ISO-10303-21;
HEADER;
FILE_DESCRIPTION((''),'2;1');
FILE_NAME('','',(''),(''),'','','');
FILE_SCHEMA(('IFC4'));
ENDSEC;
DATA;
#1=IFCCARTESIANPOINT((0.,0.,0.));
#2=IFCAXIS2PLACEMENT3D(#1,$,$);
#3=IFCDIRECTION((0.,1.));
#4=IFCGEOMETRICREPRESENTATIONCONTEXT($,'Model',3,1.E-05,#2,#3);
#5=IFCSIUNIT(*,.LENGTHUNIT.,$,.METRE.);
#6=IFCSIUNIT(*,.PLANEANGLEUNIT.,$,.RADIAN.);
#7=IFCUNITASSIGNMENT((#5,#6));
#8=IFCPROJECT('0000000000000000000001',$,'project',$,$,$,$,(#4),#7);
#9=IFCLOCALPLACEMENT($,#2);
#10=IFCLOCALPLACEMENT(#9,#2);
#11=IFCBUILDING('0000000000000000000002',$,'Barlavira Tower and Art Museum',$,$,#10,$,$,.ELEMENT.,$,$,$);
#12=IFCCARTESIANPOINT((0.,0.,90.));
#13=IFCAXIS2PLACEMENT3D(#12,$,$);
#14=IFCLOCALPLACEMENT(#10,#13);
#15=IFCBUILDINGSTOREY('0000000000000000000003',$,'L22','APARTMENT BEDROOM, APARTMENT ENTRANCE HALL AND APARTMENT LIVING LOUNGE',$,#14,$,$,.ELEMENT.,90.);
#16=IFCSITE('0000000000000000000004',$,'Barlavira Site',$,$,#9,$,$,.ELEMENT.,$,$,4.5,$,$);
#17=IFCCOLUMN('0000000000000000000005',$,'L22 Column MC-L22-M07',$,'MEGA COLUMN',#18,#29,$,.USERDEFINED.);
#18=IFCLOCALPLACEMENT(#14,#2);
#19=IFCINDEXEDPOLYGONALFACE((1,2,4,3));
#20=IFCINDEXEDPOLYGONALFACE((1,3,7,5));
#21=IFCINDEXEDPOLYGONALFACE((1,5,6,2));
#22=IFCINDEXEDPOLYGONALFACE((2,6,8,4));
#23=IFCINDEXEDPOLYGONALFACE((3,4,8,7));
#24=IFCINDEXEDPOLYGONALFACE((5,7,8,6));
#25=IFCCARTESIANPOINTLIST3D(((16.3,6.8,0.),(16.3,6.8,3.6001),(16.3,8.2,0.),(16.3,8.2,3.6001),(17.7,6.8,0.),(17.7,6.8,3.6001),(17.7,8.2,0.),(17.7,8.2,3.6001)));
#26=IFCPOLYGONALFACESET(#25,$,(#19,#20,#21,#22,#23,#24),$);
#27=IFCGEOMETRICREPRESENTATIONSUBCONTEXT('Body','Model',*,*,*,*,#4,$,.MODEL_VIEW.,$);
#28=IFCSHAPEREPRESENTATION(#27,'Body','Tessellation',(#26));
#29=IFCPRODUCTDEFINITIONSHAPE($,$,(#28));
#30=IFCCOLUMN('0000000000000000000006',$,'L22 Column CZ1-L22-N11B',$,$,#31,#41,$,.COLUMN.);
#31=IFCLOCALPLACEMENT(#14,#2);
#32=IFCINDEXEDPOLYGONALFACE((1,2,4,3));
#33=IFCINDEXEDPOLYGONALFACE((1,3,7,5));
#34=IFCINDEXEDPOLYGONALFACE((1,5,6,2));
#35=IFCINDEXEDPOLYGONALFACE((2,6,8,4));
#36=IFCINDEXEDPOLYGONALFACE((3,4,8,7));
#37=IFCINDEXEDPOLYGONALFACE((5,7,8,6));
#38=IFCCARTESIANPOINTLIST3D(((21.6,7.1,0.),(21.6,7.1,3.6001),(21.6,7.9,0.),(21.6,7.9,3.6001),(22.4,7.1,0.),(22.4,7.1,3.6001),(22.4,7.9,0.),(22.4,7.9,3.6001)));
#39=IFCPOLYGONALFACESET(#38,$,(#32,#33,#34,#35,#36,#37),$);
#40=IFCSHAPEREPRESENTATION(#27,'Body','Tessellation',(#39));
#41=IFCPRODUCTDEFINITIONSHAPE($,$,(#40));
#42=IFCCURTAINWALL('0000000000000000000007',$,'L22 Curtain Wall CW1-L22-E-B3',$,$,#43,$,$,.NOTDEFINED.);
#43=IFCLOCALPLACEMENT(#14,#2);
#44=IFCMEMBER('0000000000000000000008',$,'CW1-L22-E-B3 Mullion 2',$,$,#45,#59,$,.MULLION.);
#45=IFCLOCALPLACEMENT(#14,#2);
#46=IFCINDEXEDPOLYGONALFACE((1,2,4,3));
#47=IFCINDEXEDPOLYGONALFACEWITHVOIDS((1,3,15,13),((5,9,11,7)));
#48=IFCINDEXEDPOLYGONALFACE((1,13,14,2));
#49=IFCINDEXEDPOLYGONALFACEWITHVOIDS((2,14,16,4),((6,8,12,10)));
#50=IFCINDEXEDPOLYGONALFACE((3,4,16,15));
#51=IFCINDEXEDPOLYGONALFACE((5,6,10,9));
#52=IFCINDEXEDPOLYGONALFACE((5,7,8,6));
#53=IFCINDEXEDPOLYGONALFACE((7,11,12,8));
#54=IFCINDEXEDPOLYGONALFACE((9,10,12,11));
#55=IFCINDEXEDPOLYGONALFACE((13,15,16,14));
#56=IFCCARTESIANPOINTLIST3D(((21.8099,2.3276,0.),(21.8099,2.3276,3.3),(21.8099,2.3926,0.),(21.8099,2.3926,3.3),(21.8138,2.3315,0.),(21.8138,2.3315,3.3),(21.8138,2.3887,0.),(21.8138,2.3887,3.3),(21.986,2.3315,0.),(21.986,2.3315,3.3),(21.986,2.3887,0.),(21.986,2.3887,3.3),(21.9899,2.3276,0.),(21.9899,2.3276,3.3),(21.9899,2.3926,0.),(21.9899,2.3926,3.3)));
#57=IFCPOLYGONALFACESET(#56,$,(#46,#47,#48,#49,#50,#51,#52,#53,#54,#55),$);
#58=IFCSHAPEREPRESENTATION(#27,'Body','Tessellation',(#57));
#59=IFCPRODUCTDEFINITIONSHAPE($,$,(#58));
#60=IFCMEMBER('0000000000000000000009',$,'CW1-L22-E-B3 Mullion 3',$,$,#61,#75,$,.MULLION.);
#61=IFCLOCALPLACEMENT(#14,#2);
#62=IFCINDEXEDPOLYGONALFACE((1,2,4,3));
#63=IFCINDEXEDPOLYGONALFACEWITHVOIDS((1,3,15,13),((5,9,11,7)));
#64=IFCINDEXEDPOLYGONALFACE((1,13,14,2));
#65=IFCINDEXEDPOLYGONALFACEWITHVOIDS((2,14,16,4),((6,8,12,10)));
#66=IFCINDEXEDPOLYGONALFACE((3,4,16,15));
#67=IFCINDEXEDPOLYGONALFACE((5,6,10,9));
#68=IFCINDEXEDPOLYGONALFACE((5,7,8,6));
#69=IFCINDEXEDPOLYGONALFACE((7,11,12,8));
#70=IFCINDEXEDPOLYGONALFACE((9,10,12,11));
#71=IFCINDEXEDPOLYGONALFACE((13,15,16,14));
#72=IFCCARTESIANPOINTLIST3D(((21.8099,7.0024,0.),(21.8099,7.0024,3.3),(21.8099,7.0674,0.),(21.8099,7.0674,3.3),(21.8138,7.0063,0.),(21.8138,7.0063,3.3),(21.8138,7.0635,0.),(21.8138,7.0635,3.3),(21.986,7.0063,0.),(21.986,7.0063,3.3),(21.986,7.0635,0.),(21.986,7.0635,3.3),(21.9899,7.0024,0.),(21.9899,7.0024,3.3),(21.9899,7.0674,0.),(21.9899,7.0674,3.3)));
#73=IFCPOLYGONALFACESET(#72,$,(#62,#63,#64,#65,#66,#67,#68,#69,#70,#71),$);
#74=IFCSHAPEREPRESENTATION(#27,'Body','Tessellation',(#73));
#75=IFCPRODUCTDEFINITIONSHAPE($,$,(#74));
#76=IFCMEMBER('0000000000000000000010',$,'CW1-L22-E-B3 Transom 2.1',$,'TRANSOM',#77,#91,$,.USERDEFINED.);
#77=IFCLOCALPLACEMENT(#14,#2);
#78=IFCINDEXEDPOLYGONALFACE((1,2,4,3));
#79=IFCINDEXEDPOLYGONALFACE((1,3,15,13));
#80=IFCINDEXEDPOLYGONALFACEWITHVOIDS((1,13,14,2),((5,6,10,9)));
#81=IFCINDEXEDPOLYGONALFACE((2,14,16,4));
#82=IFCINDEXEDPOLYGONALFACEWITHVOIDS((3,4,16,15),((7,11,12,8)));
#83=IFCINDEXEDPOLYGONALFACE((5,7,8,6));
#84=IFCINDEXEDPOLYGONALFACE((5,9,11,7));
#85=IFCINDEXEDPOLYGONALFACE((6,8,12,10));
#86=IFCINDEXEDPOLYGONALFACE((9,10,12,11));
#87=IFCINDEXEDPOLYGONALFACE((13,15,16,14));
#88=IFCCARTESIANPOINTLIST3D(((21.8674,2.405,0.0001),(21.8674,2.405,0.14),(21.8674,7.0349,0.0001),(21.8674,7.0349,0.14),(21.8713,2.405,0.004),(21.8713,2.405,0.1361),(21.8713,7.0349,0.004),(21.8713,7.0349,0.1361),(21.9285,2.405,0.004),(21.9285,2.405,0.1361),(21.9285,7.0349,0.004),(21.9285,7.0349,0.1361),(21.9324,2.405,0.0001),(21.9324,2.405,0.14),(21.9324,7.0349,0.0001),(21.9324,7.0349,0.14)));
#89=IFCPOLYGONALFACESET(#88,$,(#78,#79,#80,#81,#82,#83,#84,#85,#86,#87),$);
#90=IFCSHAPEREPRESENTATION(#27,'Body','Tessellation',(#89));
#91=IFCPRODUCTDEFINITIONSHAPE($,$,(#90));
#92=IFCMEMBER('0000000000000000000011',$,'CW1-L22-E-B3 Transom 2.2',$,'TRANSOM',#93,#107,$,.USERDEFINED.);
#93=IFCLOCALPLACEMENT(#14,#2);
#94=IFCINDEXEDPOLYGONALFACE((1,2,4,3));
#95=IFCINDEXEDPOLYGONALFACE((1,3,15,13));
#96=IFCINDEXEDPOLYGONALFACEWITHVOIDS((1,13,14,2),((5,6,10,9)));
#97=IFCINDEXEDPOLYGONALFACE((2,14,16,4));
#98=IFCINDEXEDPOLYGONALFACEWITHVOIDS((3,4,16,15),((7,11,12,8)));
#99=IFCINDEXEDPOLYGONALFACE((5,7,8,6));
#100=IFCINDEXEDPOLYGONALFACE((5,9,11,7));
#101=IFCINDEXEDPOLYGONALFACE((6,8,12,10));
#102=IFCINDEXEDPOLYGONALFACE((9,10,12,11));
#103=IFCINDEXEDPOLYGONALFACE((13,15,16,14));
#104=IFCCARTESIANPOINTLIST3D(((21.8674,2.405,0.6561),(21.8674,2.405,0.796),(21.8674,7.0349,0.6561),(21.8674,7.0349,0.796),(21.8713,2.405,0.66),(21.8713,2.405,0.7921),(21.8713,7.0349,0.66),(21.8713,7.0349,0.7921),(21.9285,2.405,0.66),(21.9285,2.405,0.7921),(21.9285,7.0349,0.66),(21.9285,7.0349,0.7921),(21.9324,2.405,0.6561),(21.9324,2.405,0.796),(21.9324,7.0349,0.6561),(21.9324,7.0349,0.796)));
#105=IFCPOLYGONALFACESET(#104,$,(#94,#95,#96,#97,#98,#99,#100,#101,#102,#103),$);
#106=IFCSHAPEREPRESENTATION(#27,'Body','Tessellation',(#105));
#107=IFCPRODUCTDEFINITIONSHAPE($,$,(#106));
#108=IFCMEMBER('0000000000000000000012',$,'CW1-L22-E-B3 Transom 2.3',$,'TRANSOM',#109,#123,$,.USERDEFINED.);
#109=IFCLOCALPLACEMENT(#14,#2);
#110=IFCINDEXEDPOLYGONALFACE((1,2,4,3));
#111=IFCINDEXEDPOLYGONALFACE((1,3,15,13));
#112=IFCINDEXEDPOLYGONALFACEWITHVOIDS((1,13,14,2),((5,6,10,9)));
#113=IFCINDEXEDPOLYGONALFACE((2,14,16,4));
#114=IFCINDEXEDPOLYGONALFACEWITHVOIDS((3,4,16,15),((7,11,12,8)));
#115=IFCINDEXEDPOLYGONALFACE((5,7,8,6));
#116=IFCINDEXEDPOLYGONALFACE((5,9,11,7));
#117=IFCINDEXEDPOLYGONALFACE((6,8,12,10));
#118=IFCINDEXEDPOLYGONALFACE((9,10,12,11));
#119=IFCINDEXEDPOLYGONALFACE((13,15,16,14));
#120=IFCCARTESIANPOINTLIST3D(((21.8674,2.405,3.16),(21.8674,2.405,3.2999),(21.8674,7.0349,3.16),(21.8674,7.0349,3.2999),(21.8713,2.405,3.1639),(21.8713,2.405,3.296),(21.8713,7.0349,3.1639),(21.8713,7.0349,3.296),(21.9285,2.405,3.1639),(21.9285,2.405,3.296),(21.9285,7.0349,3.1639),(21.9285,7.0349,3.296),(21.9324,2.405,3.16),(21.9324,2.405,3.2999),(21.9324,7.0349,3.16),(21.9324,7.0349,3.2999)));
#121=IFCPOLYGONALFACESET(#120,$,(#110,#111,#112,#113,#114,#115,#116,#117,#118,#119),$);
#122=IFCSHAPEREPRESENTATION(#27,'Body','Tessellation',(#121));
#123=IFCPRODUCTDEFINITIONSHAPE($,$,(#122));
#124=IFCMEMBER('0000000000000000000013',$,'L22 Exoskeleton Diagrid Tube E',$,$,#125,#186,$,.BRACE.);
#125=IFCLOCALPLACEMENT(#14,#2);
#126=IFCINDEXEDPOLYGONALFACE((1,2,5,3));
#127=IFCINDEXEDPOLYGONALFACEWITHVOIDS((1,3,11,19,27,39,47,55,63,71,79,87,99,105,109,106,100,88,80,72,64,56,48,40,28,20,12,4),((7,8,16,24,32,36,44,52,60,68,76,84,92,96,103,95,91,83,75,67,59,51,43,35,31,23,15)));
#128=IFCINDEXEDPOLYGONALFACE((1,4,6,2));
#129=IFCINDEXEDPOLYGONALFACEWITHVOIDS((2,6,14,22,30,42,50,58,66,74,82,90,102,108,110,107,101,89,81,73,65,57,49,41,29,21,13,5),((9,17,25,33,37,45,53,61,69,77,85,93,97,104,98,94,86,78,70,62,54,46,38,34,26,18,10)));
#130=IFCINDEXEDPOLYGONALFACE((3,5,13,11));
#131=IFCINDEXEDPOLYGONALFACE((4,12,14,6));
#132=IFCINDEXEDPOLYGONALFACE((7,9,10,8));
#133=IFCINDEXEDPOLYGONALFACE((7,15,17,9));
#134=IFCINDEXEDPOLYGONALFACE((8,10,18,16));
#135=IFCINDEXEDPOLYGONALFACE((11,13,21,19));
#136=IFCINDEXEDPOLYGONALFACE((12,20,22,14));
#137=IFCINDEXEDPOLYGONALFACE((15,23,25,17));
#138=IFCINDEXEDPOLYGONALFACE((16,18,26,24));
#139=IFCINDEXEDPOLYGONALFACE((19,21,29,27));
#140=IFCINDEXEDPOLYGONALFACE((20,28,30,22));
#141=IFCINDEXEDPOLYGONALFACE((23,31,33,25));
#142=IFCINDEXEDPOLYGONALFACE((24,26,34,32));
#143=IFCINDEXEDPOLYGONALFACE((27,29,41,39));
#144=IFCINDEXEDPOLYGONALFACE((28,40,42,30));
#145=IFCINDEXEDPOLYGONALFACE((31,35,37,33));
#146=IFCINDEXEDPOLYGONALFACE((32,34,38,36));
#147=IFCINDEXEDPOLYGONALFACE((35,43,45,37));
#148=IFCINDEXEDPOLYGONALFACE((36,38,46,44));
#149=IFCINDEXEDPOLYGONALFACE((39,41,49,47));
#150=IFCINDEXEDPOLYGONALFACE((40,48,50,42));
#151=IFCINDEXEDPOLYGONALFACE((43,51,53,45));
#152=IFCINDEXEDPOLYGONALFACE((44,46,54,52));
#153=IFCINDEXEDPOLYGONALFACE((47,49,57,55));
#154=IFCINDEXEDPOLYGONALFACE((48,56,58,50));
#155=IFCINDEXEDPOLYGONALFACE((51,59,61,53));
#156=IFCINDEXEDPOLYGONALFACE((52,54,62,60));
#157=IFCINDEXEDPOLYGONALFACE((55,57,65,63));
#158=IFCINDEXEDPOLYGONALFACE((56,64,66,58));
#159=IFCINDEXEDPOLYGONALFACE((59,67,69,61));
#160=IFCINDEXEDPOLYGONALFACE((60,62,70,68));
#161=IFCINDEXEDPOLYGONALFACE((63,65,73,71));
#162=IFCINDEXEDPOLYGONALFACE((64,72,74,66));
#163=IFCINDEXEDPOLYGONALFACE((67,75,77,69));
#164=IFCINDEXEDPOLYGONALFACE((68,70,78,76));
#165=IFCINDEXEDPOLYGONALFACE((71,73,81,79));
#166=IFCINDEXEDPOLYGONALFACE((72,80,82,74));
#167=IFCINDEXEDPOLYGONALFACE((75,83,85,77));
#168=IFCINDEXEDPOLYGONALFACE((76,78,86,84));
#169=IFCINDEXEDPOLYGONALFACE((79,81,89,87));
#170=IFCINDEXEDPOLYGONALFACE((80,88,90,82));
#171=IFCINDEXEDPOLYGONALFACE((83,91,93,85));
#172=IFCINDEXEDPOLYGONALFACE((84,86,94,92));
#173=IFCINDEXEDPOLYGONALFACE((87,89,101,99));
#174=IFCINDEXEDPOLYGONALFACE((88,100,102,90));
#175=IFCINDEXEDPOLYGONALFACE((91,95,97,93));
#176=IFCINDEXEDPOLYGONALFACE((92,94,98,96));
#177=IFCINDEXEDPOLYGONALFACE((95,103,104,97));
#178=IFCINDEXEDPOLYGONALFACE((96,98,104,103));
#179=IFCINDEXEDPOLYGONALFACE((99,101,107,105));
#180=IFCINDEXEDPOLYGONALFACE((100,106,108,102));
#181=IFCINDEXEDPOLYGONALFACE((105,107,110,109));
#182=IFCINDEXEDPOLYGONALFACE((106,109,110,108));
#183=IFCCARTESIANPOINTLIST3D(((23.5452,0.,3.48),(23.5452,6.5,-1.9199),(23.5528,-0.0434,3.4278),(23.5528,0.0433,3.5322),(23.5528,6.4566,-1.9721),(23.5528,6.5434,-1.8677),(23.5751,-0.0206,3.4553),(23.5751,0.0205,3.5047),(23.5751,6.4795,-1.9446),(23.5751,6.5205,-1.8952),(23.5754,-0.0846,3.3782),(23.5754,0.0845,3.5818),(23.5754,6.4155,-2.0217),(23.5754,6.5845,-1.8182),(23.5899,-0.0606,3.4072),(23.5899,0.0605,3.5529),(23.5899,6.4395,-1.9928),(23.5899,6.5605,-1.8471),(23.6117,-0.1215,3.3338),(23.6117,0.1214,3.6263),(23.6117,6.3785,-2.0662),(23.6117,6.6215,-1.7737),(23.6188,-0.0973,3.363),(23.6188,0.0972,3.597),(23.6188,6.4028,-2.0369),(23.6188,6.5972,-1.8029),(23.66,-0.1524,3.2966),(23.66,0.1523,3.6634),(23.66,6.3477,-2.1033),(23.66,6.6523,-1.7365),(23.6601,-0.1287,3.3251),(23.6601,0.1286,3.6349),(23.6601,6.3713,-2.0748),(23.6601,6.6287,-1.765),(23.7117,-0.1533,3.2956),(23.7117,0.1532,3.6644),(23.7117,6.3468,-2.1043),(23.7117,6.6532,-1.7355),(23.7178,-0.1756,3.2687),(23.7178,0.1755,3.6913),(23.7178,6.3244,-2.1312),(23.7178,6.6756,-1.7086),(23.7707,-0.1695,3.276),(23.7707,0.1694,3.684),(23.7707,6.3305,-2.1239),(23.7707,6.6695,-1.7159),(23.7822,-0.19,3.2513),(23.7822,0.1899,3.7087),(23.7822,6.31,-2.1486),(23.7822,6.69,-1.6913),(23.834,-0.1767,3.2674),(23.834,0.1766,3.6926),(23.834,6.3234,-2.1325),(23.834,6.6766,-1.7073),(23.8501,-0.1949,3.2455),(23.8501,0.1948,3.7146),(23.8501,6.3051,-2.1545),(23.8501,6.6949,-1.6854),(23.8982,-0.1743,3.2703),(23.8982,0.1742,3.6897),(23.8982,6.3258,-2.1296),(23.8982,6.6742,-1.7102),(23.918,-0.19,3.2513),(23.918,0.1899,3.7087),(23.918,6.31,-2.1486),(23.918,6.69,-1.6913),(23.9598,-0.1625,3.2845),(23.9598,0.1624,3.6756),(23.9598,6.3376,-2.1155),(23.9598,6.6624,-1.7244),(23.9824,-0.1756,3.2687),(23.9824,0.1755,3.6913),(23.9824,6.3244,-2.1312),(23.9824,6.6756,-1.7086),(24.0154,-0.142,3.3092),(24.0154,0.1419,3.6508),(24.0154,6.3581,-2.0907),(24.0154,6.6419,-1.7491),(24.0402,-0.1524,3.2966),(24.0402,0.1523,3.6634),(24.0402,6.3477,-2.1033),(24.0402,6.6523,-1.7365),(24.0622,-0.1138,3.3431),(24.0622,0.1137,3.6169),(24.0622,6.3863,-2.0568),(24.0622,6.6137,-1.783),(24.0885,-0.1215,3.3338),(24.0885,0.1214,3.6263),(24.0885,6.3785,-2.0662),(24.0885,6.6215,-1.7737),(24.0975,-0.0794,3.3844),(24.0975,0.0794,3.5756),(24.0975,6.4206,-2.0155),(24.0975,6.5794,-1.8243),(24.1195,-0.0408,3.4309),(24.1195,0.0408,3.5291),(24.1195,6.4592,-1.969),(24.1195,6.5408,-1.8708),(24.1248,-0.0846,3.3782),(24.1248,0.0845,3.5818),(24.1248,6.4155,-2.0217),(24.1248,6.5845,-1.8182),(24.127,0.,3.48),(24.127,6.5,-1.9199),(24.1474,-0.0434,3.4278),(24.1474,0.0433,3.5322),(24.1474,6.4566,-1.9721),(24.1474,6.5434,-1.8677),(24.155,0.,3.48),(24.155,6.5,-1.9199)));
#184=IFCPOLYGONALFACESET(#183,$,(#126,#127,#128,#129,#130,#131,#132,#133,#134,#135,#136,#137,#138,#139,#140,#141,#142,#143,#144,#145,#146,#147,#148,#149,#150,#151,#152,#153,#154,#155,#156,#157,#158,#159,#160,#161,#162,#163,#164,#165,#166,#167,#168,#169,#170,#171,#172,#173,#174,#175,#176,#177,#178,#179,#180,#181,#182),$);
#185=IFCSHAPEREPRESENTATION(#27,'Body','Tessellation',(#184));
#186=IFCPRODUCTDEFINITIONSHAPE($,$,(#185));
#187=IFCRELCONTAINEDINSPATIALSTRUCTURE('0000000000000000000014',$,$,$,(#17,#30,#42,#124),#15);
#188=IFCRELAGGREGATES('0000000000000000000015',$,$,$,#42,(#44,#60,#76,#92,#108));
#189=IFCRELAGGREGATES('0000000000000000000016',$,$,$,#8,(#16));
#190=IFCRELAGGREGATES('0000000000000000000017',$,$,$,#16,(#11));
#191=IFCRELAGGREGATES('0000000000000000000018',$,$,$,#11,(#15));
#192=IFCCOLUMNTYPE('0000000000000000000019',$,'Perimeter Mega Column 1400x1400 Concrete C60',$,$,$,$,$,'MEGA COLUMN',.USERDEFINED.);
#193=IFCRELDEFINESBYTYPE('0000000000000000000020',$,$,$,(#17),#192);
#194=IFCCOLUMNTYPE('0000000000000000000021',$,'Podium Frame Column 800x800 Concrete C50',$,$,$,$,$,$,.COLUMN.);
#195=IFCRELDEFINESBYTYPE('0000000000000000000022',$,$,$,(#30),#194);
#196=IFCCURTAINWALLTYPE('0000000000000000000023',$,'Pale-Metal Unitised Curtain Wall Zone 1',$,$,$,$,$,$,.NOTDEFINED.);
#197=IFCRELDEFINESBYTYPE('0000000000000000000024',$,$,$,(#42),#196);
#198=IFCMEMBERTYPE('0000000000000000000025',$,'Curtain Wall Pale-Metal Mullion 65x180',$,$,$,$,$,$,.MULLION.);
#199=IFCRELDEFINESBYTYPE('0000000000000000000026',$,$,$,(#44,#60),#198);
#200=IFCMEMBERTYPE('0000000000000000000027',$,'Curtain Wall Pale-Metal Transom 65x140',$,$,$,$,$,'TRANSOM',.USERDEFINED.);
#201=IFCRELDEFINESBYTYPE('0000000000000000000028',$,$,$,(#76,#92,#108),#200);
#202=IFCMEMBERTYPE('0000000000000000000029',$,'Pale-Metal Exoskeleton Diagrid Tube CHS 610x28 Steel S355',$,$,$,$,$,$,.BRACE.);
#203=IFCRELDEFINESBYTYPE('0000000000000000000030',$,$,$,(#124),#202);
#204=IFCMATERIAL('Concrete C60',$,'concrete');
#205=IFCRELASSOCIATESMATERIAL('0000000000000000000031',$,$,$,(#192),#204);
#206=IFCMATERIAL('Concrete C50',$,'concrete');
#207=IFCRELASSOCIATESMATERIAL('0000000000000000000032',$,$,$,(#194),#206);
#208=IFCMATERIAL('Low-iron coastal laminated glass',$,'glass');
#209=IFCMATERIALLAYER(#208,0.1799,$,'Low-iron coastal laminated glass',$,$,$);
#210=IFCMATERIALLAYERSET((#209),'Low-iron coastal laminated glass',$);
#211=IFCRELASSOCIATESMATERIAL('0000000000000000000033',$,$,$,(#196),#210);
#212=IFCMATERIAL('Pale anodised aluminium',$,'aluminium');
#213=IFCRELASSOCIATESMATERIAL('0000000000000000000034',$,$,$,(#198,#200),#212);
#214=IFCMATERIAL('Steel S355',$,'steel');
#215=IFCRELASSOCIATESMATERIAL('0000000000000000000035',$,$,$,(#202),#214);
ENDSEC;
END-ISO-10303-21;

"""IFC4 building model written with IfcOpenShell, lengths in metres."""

from ifc_helpers import new_model, si_unit, direction, frame, origin, origin_2d, place, context, subcontext, project, spatial, rectangle, hollow_rectangle, hollow_circle, extrude, material, layer, layer_set, material_profile, profile_set, type_object, element, aggregate, save


model = new_model("IFC4")

# Units and contexts
model_context = context("Model", 3, precision=1e-05, world=origin(), true_north=direction((0.0, 1.0)))
body_context = subcontext(model_context, "Body", "Model", "MODEL_VIEW")
ifc_project = project(units=[si_unit("LENGTHUNIT", "METRE"), si_unit("PLANEANGLEUNIT", "RADIAN")], contexts=[model_context])

# Site, building, storey
site_placement = place(None, origin())
site = spatial("IfcSite", under=ifc_project, at=site_placement, Name="Barlavira Site", CompositionType="ELEMENT", RefElevation=4.5)
building_placement = place(site_placement, origin())
building = spatial("IfcBuilding", under=site, at=building_placement, Name="Barlavira Tower and Art Museum", CompositionType="ELEMENT")
storey_placement = place(building_placement, frame((0.0, 0.0, 90.0)))
storey = spatial("IfcBuildingStorey", under=building, at=storey_placement, Name="L22", Description="APARTMENT BEDROOM, APARTMENT ENTRANCE HALL AND APARTMENT LIVING LOUNGE", CompositionType="ELEMENT", Elevation=90.0)

# Columns
ifc_material_1 = material(Name="Concrete C60", Category="concrete")
ifc_material_profile_1 = material_profile(ifc_material_1, rectangle(XDim=1.3999, YDim=1.3999, at=origin_2d()), Name="RC-MCOL 1400x1400")
ifc_profile_set_1 = profile_set([ifc_material_profile_1], Name="Concrete C60")
column_type_1 = type_object("IfcColumnType", Name="Perimeter Mega Column 1400x1400 Concrete C60", ElementType="MEGA COLUMN", PredefinedType="USERDEFINED", material=ifc_profile_set_1)
column_1_placement = place(storey_placement, frame((17.0, 7.5, 0.0), z_axis=(0.0, 0.0, 1.0), x_axis=(1.0, 0.0, 0.0)))
element("IfcColumn", 1, at=column_1_placement, inside=storey, type_object=column_type_1, Name="L22 Column MC-L22-M07", ObjectType="MEGA COLUMN", PredefinedType="USERDEFINED", context=body_context, shape_type="SweptSolid", body=[
    extrude(rectangle(XDim=1.3999, YDim=1.3999, at=origin_2d()), origin(), (0.0, 0.0, 1.0), 3.6001),
])
ifc_material_2 = material(Name="Concrete C50", Category="concrete")
ifc_material_profile_2 = material_profile(ifc_material_2, rectangle(XDim=0.8, YDim=0.8, at=origin_2d()), Name="RC-COL 800x800")
ifc_profile_set_2 = profile_set([ifc_material_profile_2], Name="Concrete C50")
column_type_2 = type_object("IfcColumnType", Name="Podium Frame Column 800x800 Concrete C50", PredefinedType="COLUMN", material=ifc_profile_set_2)
column_2_placement = place(storey_placement, frame((22.0, 7.5, 0.0), z_axis=(0.0, 0.0, 1.0), x_axis=(1.0, 0.0, 0.0)))
element("IfcColumn", 2, at=column_2_placement, inside=storey, type_object=column_type_2, Name="L22 Column CZ1-L22-N11B", PredefinedType="COLUMN", context=body_context, shape_type="SweptSolid", body=[
    extrude(rectangle(XDim=0.8, YDim=0.8, at=origin_2d()), origin(), (0.0, 0.0, 1.0), 3.6001),
])

# Curtain wall, members
ifc_material_3 = material(Name="Low-iron coastal laminated glass", Category="glass")
ifc_layer_1 = layer(ifc_material_3, 0.1799, Name="Low-iron coastal laminated glass")
ifc_layer_set_1 = layer_set([ifc_layer_1], Name="Low-iron coastal laminated glass")
curtain_wall_type = type_object("IfcCurtainWallType", Name="Pale-Metal Unitised Curtain Wall Zone 1", PredefinedType="NOTDEFINED", material=ifc_layer_set_1)
curtain_wall_placement = place(storey_placement, origin())
curtain_wall = element("IfcCurtainWall", 3, at=curtain_wall_placement, inside=storey, type_object=curtain_wall_type, Name="L22 Curtain Wall CW1-L22-E-B3", PredefinedType="NOTDEFINED")
ifc_material_4 = material(Name="Pale anodised aluminium", Category="aluminium")
ifc_material_profile_3 = material_profile(ifc_material_4, hollow_rectangle(XDim=0.0649, YDim=0.1799, WallThickness=0.0039, at=origin_2d()), Name="ALU-MULL 65x180x4")
ifc_profile_set_3 = profile_set([ifc_material_profile_3], Name="Pale anodised aluminium")
member_type_1 = type_object("IfcMemberType", Name="Curtain Wall Pale-Metal Mullion 65x180", PredefinedType="MULLION", material=ifc_profile_set_3)
member_1_placement = place(storey_placement, frame((21.8999, 2.3601, 0.0), z_axis=(0.0, 0.0, 1.0), x_axis=(0.0, 1.0, 0.0)))
member_1 = element("IfcMember", 4, at=member_1_placement, type_object=member_type_1, Name="CW1-L22-E-B3 Mullion 2", PredefinedType="MULLION", context=body_context, shape_type="SweptSolid", body=[
    extrude(hollow_rectangle(XDim=0.0649, YDim=0.1799, WallThickness=0.0039, at=origin_2d()), origin(), (0.0, 0.0, 1.0), 3.3),
])
member_2_placement = place(storey_placement, frame((21.8999, 7.0349, 0.0), z_axis=(0.0, 0.0, 1.0), x_axis=(0.0, 1.0, 0.0)))
member_2 = element("IfcMember", 5, at=member_2_placement, type_object=member_type_1, Name="CW1-L22-E-B3 Mullion 3", PredefinedType="MULLION", context=body_context, shape_type="SweptSolid", body=[
    extrude(hollow_rectangle(XDim=0.0649, YDim=0.1799, WallThickness=0.0039, at=origin_2d()), origin(), (0.0, 0.0, 1.0), 3.3),
])
ifc_material_profile_4 = material_profile(ifc_material_4, hollow_rectangle(XDim=0.0649, YDim=0.1399, WallThickness=0.0039, at=origin_2d()), Name="ALU-TRAN 65x140x4")
ifc_profile_set_4 = profile_set([ifc_material_profile_4], Name="Pale anodised aluminium")
member_type_2 = type_object("IfcMemberType", Name="Curtain Wall Pale-Metal Transom 65x140", ElementType="TRANSOM", PredefinedType="USERDEFINED", material=ifc_profile_set_4)
member_3_placement = place(storey_placement, frame((21.8999, 2.405, 0.0701), z_axis=(0.0, 1.0, 0.0), x_axis=(-1.0, 0.0, 0.0)))
member_3 = element("IfcMember", 6, at=member_3_placement, type_object=member_type_2, Name="CW1-L22-E-B3 Transom 2.1", ObjectType="TRANSOM", PredefinedType="USERDEFINED", context=body_context, shape_type="SweptSolid", body=[
    extrude(hollow_rectangle(XDim=0.0649, YDim=0.1399, WallThickness=0.0039, at=origin_2d()), origin(), (0.0, 0.0, 1.0), 4.6299),
])
member_4_placement = place(storey_placement, frame((21.8999, 2.405, 0.7261), z_axis=(0.0, 1.0, 0.0), x_axis=(-1.0, 0.0, 0.0)))
member_4 = element("IfcMember", 7, at=member_4_placement, type_object=member_type_2, Name="CW1-L22-E-B3 Transom 2.2", ObjectType="TRANSOM", PredefinedType="USERDEFINED", context=body_context, shape_type="SweptSolid", body=[
    extrude(hollow_rectangle(XDim=0.0649, YDim=0.1399, WallThickness=0.0039, at=origin_2d()), origin(), (0.0, 0.0, 1.0), 4.6299),
])
member_5_placement = place(storey_placement, frame((21.8999, 2.405, 3.23), z_axis=(0.0, 1.0, 0.0), x_axis=(-1.0, 0.0, 0.0)))
member_5 = element("IfcMember", 8, at=member_5_placement, type_object=member_type_2, Name="CW1-L22-E-B3 Transom 2.3", ObjectType="TRANSOM", PredefinedType="USERDEFINED", context=body_context, shape_type="SweptSolid", body=[
    extrude(hollow_rectangle(XDim=0.0649, YDim=0.1399, WallThickness=0.0039, at=origin_2d()), origin(), (0.0, 0.0, 1.0), 4.6299),
])

# Member
ifc_material_5 = material(Name="Steel S355", Category="steel")
ifc_material_profile_5 = material_profile(ifc_material_5, hollow_circle(Radius=0.3049, WallThickness=0.0281, at=origin_2d()), Name="CHS 610.0x28.0")
ifc_profile_set_5 = profile_set([ifc_material_profile_5], Name="Steel S355")
member_type_3 = type_object("IfcMemberType", Name="Pale-Metal Exoskeleton Diagrid Tube CHS 610x28 Steel S355", PredefinedType="BRACE", material=ifc_profile_set_5)
for number, where, z_axis, x_axis, name in (
    (9, (23.8501, 6.5, -1.9199), (0.0, -0.769196, 0.639013), (1.0, 0.0, 0.0), "L22 Exoskeleton Diagrid Tube E"),
):
    element("IfcMember", number, at=place(storey_placement, frame(where, z_axis=z_axis, x_axis=x_axis)), inside=storey, type_object=member_type_3, Name=name, PredefinedType="BRACE", context=body_context, shape_type="SweptSolid", body=[
        extrude(hollow_circle(Radius=0.3049, WallThickness=0.0281, at=origin_2d()), origin(), (0.0, 0.0, 1.0), 8.4504),
    ])

aggregate(curtain_wall, [member_1, member_2, member_3, member_4, member_5])

save(model, "model.ifc")
